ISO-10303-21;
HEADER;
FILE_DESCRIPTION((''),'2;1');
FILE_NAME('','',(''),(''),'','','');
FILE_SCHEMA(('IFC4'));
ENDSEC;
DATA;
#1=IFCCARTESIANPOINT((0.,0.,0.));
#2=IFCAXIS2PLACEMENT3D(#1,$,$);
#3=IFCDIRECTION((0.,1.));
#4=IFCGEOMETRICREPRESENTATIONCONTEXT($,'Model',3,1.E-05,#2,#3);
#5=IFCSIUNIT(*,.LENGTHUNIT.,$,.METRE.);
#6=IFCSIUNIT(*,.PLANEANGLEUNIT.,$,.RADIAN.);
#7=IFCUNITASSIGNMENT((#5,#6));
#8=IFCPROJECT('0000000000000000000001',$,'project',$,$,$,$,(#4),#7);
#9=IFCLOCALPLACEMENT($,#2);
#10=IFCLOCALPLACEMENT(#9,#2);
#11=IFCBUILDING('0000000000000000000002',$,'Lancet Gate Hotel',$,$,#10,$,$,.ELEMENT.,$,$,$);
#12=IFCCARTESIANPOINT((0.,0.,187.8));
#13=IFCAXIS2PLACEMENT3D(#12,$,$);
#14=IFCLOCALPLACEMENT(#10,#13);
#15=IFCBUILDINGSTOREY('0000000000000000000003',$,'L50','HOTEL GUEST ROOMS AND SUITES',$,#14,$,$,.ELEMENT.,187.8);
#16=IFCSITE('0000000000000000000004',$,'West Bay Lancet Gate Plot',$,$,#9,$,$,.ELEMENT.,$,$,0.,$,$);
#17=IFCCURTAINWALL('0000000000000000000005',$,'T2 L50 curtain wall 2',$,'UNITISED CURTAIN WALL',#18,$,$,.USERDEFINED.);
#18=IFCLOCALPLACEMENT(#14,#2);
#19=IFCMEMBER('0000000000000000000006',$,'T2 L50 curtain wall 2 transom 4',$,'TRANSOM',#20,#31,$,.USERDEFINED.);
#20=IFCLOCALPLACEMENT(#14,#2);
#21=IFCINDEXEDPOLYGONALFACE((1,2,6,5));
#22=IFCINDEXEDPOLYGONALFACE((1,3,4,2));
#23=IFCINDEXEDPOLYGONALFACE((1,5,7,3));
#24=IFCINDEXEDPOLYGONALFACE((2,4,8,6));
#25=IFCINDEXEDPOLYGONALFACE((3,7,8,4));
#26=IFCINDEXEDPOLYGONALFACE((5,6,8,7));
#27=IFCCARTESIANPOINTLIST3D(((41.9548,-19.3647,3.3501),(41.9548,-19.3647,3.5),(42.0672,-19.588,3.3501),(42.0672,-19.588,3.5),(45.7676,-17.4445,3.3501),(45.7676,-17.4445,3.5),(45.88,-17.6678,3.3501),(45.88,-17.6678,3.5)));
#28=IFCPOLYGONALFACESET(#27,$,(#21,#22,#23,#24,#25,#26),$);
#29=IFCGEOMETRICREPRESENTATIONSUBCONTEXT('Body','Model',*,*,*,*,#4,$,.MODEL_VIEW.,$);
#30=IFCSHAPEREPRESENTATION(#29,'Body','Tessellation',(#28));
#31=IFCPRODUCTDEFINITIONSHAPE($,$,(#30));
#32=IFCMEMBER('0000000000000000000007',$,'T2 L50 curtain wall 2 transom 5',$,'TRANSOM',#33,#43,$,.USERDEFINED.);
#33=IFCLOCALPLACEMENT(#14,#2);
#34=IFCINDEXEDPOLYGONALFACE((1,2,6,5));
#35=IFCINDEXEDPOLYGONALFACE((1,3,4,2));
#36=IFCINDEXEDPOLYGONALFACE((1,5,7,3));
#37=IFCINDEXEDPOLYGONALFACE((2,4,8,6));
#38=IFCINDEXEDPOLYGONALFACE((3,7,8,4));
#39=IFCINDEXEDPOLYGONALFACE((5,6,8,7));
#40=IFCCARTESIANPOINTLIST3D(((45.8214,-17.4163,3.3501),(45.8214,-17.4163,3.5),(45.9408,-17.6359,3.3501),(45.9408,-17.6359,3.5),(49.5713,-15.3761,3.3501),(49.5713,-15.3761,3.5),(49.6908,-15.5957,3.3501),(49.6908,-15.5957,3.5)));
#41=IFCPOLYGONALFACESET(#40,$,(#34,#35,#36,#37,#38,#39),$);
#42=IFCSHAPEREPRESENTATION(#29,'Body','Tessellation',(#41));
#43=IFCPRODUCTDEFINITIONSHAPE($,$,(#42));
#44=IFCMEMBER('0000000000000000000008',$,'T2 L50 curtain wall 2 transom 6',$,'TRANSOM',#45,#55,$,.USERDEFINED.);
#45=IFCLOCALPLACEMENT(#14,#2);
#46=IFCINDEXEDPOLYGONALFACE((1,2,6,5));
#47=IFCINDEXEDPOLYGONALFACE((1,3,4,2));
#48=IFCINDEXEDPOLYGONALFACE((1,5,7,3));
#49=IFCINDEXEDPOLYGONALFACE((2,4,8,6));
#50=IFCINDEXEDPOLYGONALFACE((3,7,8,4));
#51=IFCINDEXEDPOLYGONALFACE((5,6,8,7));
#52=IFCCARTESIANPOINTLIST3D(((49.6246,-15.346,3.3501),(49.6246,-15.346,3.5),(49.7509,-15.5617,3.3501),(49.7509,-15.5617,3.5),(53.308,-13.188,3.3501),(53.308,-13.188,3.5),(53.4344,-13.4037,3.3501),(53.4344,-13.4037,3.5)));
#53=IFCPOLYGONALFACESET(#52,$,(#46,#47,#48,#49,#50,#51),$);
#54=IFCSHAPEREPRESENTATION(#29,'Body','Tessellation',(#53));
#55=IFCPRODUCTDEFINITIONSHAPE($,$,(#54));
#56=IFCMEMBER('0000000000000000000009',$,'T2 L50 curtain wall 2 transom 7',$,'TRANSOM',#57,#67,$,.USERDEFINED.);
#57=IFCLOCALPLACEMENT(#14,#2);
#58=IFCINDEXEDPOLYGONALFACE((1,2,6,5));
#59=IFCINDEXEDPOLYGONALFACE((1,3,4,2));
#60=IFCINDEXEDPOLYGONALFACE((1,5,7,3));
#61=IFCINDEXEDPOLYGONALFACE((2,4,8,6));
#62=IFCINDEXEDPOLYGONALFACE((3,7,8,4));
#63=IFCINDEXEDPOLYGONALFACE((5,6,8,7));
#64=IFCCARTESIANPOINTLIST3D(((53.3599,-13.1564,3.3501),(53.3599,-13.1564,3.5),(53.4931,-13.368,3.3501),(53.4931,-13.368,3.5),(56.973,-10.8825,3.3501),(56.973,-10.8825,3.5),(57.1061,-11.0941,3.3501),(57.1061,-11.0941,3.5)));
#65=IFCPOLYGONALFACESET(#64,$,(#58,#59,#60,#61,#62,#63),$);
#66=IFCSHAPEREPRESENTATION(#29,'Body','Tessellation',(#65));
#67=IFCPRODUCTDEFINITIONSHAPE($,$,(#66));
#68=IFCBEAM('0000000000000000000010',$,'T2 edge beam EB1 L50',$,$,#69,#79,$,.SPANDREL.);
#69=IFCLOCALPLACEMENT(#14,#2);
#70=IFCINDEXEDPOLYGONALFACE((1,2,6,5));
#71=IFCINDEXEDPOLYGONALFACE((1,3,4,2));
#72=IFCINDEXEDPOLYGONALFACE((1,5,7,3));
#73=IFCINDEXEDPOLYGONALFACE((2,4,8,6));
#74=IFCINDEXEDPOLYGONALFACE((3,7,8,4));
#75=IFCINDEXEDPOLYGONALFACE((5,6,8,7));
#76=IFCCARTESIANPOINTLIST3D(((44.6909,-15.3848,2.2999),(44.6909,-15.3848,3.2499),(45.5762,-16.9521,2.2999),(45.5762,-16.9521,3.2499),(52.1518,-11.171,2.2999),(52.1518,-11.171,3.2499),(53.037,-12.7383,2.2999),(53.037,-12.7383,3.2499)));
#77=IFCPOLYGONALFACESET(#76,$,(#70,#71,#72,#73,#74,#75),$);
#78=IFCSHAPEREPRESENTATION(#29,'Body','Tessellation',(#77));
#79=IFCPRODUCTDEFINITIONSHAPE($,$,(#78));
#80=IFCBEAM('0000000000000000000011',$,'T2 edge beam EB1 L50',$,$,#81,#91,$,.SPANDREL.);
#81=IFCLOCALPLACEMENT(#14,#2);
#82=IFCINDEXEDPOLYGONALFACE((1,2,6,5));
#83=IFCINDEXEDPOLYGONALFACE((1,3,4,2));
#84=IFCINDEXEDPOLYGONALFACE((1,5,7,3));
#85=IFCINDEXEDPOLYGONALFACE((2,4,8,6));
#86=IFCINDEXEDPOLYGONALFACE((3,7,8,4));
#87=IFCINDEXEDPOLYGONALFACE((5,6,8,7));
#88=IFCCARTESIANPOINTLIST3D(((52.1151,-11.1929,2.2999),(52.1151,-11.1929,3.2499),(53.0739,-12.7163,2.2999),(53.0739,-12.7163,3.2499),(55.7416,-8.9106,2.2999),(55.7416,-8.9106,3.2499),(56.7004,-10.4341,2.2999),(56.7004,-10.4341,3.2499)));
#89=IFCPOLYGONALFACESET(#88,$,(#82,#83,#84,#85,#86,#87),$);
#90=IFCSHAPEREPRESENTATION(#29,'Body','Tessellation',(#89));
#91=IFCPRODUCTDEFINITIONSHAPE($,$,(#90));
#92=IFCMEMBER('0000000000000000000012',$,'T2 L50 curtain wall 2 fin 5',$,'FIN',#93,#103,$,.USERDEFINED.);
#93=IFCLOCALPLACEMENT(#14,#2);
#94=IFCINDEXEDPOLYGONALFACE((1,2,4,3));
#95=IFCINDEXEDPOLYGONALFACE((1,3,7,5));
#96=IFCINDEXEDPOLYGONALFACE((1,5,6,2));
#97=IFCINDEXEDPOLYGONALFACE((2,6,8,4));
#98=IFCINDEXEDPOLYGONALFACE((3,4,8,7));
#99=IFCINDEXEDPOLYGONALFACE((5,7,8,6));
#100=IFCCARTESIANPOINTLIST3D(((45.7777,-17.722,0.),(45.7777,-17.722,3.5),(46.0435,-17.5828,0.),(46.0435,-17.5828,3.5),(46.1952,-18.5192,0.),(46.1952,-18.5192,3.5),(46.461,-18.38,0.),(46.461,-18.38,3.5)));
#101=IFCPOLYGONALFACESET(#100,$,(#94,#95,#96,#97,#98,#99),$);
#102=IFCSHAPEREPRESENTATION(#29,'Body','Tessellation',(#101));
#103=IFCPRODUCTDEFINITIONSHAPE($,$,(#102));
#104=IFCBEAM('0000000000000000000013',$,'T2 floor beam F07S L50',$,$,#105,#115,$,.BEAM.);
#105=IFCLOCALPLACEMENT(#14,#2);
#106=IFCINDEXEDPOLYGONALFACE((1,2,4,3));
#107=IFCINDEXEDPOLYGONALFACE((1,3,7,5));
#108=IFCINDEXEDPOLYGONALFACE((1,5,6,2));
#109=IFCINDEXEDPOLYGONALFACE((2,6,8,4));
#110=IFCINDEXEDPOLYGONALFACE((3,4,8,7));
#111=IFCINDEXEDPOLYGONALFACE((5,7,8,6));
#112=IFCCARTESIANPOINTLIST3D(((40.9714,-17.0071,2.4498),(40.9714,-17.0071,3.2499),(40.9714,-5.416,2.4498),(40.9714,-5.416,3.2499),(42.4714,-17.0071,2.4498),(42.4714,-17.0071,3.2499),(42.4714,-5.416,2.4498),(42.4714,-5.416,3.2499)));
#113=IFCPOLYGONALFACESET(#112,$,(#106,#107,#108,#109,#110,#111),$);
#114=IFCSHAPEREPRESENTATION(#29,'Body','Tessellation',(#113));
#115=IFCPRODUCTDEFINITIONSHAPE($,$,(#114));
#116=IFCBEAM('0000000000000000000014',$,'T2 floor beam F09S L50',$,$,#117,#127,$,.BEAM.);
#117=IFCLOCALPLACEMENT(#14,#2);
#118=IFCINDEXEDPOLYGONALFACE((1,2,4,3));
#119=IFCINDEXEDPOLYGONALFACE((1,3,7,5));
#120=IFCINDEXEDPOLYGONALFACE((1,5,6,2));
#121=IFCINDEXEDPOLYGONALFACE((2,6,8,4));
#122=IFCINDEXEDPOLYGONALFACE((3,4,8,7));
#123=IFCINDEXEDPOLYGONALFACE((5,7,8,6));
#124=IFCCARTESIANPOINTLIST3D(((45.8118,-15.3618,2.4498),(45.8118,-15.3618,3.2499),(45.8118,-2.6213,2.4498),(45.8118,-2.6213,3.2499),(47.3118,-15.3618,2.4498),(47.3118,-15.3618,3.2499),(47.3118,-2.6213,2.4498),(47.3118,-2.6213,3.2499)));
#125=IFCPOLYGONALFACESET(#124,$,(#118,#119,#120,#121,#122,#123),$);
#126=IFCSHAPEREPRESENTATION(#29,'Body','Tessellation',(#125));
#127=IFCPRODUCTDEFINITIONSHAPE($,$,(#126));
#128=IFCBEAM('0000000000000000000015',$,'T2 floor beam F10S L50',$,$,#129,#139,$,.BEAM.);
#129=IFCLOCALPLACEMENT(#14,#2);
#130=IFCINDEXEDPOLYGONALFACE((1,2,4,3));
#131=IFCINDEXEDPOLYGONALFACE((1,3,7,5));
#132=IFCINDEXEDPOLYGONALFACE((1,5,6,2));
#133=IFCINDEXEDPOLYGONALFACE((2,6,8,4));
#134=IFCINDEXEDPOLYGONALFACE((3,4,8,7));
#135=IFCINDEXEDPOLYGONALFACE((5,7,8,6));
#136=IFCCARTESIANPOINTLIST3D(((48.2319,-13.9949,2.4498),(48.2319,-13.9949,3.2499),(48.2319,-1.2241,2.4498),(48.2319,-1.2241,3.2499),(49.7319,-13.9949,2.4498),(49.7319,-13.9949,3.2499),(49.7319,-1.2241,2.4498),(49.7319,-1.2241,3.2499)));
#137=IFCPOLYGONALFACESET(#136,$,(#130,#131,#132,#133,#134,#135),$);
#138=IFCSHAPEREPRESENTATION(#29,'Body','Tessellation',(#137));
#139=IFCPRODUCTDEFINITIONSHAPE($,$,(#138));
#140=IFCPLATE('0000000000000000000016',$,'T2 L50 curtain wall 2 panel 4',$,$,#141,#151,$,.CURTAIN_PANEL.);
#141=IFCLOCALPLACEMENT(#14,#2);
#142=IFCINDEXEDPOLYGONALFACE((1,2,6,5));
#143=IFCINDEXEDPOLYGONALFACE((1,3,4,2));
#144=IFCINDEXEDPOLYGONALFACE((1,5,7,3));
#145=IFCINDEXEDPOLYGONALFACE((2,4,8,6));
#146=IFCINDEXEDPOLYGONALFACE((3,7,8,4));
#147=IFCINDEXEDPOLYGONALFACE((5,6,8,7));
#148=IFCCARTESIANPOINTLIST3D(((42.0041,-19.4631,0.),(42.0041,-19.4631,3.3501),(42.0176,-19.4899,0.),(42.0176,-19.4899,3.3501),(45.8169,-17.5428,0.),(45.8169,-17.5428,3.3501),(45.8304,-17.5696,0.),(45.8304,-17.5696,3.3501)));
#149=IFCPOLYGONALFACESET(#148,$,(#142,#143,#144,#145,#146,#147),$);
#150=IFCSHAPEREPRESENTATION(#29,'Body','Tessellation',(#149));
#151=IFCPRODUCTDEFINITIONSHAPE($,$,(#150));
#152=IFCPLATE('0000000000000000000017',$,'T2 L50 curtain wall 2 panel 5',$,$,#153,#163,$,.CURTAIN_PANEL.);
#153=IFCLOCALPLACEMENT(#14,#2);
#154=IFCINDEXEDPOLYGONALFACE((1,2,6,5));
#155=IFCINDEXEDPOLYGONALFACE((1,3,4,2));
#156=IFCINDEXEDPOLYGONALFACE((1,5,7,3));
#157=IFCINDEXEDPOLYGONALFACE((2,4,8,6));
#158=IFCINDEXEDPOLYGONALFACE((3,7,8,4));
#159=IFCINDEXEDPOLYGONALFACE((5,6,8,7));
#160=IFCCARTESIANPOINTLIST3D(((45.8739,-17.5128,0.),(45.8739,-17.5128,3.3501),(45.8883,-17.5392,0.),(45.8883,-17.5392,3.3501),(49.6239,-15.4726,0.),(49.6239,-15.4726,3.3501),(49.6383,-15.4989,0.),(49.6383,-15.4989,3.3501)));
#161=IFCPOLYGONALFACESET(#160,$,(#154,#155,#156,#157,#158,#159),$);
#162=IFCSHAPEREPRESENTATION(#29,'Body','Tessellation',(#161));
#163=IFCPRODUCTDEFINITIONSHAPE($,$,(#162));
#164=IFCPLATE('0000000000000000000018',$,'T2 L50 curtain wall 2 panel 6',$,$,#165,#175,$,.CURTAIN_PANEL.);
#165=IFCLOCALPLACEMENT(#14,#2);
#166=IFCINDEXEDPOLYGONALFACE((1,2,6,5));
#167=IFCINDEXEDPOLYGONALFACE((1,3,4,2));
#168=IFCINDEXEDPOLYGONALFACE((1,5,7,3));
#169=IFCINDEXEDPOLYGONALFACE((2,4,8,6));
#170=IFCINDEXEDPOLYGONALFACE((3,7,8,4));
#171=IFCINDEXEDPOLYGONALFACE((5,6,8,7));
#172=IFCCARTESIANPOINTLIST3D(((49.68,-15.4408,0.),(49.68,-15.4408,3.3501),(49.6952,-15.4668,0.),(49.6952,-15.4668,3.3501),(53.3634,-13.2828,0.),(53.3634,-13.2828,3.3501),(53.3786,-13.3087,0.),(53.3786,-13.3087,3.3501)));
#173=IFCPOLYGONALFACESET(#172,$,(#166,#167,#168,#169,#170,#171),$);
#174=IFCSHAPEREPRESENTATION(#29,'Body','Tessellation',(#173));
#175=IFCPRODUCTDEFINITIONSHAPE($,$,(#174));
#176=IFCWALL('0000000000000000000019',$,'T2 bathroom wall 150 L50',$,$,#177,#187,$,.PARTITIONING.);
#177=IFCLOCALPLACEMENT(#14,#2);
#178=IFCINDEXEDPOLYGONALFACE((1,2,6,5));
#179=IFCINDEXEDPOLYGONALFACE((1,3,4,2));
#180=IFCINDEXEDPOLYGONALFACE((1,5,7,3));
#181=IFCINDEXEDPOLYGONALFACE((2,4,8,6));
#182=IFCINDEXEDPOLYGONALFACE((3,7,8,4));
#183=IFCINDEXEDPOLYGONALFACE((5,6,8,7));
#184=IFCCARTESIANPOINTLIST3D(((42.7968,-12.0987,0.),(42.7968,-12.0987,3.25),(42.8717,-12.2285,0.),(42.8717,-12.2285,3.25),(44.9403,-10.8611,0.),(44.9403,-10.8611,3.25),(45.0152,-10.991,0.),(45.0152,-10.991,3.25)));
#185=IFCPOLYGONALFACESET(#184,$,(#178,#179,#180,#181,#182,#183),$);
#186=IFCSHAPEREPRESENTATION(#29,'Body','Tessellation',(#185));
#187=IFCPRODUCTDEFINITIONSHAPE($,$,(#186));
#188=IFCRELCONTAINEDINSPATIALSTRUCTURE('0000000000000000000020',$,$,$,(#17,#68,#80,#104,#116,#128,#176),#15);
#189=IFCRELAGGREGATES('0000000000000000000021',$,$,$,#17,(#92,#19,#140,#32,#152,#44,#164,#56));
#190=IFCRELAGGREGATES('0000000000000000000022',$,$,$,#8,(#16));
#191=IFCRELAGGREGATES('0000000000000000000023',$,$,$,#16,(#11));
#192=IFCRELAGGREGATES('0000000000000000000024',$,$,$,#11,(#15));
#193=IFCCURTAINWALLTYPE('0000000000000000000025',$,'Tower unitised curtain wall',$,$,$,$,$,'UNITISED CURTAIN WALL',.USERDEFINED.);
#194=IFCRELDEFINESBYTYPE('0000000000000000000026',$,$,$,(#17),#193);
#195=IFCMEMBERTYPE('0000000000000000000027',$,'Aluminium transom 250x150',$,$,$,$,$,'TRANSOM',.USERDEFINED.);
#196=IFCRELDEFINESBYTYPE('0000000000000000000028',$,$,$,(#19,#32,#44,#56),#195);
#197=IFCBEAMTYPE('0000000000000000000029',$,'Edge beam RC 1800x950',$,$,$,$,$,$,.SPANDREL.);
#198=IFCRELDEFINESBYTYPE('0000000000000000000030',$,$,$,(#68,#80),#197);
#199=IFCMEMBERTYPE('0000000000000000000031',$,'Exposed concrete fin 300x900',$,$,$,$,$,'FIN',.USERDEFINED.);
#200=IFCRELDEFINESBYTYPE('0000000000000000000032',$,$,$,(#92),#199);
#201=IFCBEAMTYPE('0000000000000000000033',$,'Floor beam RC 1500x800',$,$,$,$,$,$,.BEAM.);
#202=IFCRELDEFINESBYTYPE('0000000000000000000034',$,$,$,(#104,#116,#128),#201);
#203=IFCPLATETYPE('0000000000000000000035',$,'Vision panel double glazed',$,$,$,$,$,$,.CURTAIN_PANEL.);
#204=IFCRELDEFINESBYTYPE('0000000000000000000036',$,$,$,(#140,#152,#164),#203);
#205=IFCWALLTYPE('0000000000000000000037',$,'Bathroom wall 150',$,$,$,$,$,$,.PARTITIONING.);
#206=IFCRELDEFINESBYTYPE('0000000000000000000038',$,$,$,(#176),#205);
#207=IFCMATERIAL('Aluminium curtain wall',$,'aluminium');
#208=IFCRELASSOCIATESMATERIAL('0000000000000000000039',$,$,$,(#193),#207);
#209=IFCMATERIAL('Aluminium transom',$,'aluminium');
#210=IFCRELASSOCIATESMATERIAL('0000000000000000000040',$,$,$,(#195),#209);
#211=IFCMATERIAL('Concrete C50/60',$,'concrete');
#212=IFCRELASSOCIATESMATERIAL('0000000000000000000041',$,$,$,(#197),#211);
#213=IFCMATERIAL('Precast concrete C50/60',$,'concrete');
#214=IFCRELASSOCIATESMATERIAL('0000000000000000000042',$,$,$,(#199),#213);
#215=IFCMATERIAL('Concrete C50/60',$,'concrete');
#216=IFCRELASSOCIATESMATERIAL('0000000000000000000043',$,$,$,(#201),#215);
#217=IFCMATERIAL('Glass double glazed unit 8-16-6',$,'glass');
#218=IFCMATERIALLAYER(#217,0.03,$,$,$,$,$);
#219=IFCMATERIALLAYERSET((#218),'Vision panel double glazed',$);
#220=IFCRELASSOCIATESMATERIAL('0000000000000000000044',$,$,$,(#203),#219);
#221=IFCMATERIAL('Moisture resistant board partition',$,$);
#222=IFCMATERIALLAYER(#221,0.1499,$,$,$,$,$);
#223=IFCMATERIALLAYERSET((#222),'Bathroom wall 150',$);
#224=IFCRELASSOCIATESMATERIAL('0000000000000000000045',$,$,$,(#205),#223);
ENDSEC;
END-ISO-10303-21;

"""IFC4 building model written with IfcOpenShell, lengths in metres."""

from ifc_helpers import new_model, si_unit, direction, frame, frame_2d, origin, origin_2d, place, context, subcontext, project, spatial, rectangle, extrude, material, layer, layer_set, material_profile, profile_set, type_object, element, aggregate, save


model = new_model("IFC4")

# Units and contexts
model_context = context("Model", 3, precision=1e-05, world=origin(), true_north=direction((0.0, 1.0)))
body_context = subcontext(model_context, "Body", "Model", "MODEL_VIEW")
ifc_project = project(units=[si_unit("LENGTHUNIT", "METRE"), si_unit("PLANEANGLEUNIT", "RADIAN")], contexts=[model_context])

# Site, building, storey
site_placement = place(None, origin())
site = spatial("IfcSite", under=ifc_project, at=site_placement, Name="West Bay Lancet Gate Plot", CompositionType="ELEMENT", RefElevation=0.0)
building_placement = place(site_placement, origin())
building = spatial("IfcBuilding", under=site, at=building_placement, Name="Lancet Gate Hotel", CompositionType="ELEMENT")
storey_placement = place(building_placement, frame((0.0, 0.0, 187.8)))
storey = spatial("IfcBuildingStorey", under=building, at=storey_placement, Name="L50", Description="HOTEL GUEST ROOMS AND SUITES", CompositionType="ELEMENT", Elevation=187.8)

# Curtain wall, members
ifc_material_1 = material(Name="Aluminium curtain wall", Category="aluminium")
curtain_wall_type = type_object("IfcCurtainWallType", Name="Tower unitised curtain wall", ElementType="UNITISED CURTAIN WALL", PredefinedType="USERDEFINED", material=ifc_material_1)
curtain_wall_placement = place(storey_placement, origin())
curtain_wall = element("IfcCurtainWall", 1, at=curtain_wall_placement, inside=storey, type_object=curtain_wall_type, Name="T2 L50 curtain wall 2", ObjectType="UNITISED CURTAIN WALL", PredefinedType="USERDEFINED")
ifc_material_2 = material(Name="Aluminium transom", Category="aluminium")
ifc_material_profile_1 = material_profile(ifc_material_2, rectangle(XDim=0.25, YDim=0.1499, at=origin_2d()), Name="TRANSOM 250x150")
ifc_profile_set_1 = profile_set([ifc_material_profile_1], Name="Aluminium transom")
member_type_1 = type_object("IfcMemberType", Name="Aluminium transom 250x150", ElementType="TRANSOM", PredefinedType="USERDEFINED", material=ifc_profile_set_1)
member_1_placement = place(storey_placement, frame((42.011, -19.4763, 3.425), z_axis=(0.893131, 0.449797, 0.0), x_axis=(-0.449797, 0.893131, 0.0)))
member_1 = element("IfcMember", 2, at=member_1_placement, type_object=member_type_1, Name="T2 L50 curtain wall 2 transom 4", ObjectType="TRANSOM", PredefinedType="USERDEFINED", context=body_context, shape_type="SweptSolid", body=[
    extrude(rectangle(XDim=0.25, YDim=0.1499, at=origin_2d()), origin(), (0.0, 0.0, 1.0), 4.269),
])
member_2_placement = place(storey_placement, frame((45.8811, -17.5261, 3.425), z_axis=(0.878404, 0.477918, 0.0), x_axis=(-0.477918, 0.878404, 0.0)))
member_2 = element("IfcMember", 3, at=member_2_placement, type_object=member_type_1, Name="T2 L50 curtain wall 2 transom 5", ObjectType="TRANSOM", PredefinedType="USERDEFINED", context=body_context, shape_type="SweptSolid", body=[
    extrude(rectangle(XDim=0.25, YDim=0.1499, at=origin_2d()), origin(), (0.0, 0.0, 1.0), 4.269),
])
member_3_placement = place(storey_placement, frame((49.6877, -15.4539, 3.425), z_axis=(0.862825, 0.505502, 0.0), x_axis=(-0.505502, 0.862825, 0.0)))
member_3 = element("IfcMember", 4, at=member_3_placement, type_object=member_type_1, Name="T2 L50 curtain wall 2 transom 6", ObjectType="TRANSOM", PredefinedType="USERDEFINED", context=body_context, shape_type="SweptSolid", body=[
    extrude(rectangle(XDim=0.25, YDim=0.1499, at=origin_2d()), origin(), (0.0, 0.0, 1.0), 4.269),
])
member_4_placement = place(storey_placement, frame((53.4265, -13.2622, 3.425), z_axis=(0.846333, 0.532654, 0.0), x_axis=(-0.532654, 0.846333, 0.0)))
member_4 = element("IfcMember", 5, at=member_4_placement, type_object=member_type_1, Name="T2 L50 curtain wall 2 transom 7", ObjectType="TRANSOM", PredefinedType="USERDEFINED", context=body_context, shape_type="SweptSolid", body=[
    extrude(rectangle(XDim=0.25, YDim=0.1499, at=origin_2d()), origin(), (0.0, 0.0, 1.0), 4.269),
])

# Beams
ifc_material_3 = material(Name="Concrete C50/60", Category="concrete")
ifc_material_profile_2 = material_profile(ifc_material_3, rectangle(XDim=1.8, YDim=0.95, at=origin_2d()), Name="RC 1800x950")
ifc_profile_set_2 = profile_set([ifc_material_profile_2], Name="Concrete C50/60")
beam_type_1 = type_object("IfcBeamType", Name="Edge beam RC 1800x950", PredefinedType="SPANDREL", material=ifc_profile_set_2)
beam_1_placement = place(storey_placement, frame((45.1335, -16.1685, 2.7749), z_axis=(0.870722, 0.491776, 0.0), x_axis=(-0.491776, 0.870722, 0.0)))
element("IfcBeam", 6, at=beam_1_placement, inside=storey, type_object=beam_type_1, Name="T2 edge beam EB1 L50", PredefinedType="SPANDREL", context=body_context, shape_type="SweptSolid", body=[
    extrude(rectangle(XDim=1.8, YDim=0.95, at=origin_2d()), origin(), (0.0, 0.0, 1.0), 8.5686),
])
beam_2_placement = place(storey_placement, frame((52.5945, -11.9546, 2.7749), z_axis=(0.846349, 0.532629, 0.0), x_axis=(-0.532629, 0.846349, 0.0)))
element("IfcBeam", 7, at=beam_2_placement, inside=storey, type_object=beam_type_1, Name="T2 edge beam EB1 L50", PredefinedType="SPANDREL", context=body_context, shape_type="SweptSolid", body=[
    extrude(rectangle(XDim=1.8, YDim=0.95, at=origin_2d()), origin(), (0.0, 0.0, 1.0), 4.2849),
])

# Member
ifc_material_4 = material(Name="Precast concrete C50/60", Category="concrete")
ifc_material_profile_3 = material_profile(ifc_material_4, rectangle(XDim=0.3, YDim=0.8999, at=origin_2d()), Name="FIN 300x900")
ifc_profile_set_3 = profile_set([ifc_material_profile_3], Name="Precast concrete C50/60")
member_type_2 = type_object("IfcMemberType", Name="Exposed concrete fin 300x900", ElementType="FIN", PredefinedType="USERDEFINED", material=ifc_profile_set_3)
member_5_placement = place(storey_placement, frame((46.1194, -18.051, 0.0), z_axis=(0.0, 0.0, 1.0), x_axis=(0.885877, 0.46392, 0.0)))
member_5 = element("IfcMember", 8, at=member_5_placement, type_object=member_type_2, Name="T2 L50 curtain wall 2 fin 5", ObjectType="FIN", PredefinedType="USERDEFINED", context=body_context, shape_type="SweptSolid", body=[
    extrude(rectangle(XDim=0.3, YDim=0.8999, at=origin_2d()), origin(), (0.0, 0.0, 1.0), 3.5),
])

# Beams
ifc_material_5 = material(Name="Concrete C50/60", Category="concrete")
ifc_material_profile_4 = material_profile(ifc_material_5, rectangle(XDim=1.5, YDim=0.8, at=origin_2d()), Name="RC 1500x800")
ifc_profile_set_4 = profile_set([ifc_material_profile_4], Name="Concrete C50/60")
beam_type_2 = type_object("IfcBeamType", Name="Floor beam RC 1500x800", PredefinedType="BEAM", material=ifc_profile_set_4)
beam_3_placement = place(storey_placement, frame((41.7214, -17.0071, 2.8499), z_axis=(0.0, 1.0, 0.0), x_axis=(-1.0, 0.0, 0.0)))
element("IfcBeam", 9, at=beam_3_placement, inside=storey, type_object=beam_type_2, Name="T2 floor beam F07S L50", PredefinedType="BEAM", context=body_context, shape_type="SweptSolid", body=[
    extrude(rectangle(XDim=1.5, YDim=0.8, at=origin_2d()), origin(), (0.0, 0.0, 1.0), 11.5911),
])
beam_4_placement = place(storey_placement, frame((46.5618, -15.3618, 2.8499), z_axis=(0.0, 1.0, 0.0), x_axis=(-1.0, 0.0, 0.0)))
element("IfcBeam", 10, at=beam_4_placement, inside=storey, type_object=beam_type_2, Name="T2 floor beam F09S L50", PredefinedType="BEAM", context=body_context, shape_type="SweptSolid", body=[
    extrude(rectangle(XDim=1.5, YDim=0.8, at=origin_2d()), origin(), (0.0, 0.0, 1.0), 12.7405),
])
beam_5_placement = place(storey_placement, frame((48.9819, -13.9949, 2.8499), z_axis=(0.0, 1.0, 0.0), x_axis=(-1.0, 0.0, 0.0)))
element("IfcBeam", 11, at=beam_5_placement, inside=storey, type_object=beam_type_2, Name="T2 floor beam F10S L50", PredefinedType="BEAM", context=body_context, shape_type="SweptSolid", body=[
    extrude(rectangle(XDim=1.5, YDim=0.8, at=origin_2d()), origin(), (0.0, 0.0, 1.0), 12.7708),
])

# Plates
ifc_material_6 = material(Name="Glass double glazed unit 8-16-6", Category="glass")
ifc_layer_1 = layer(ifc_material_6, 0.03)
ifc_layer_set_1 = layer_set([ifc_layer_1], Name="Vision panel double glazed")
plate_type = type_object("IfcPlateType", Name="Vision panel double glazed", PredefinedType="CURTAIN_PANEL", material=ifc_layer_set_1)
plate_1_placement = place(storey_placement, frame((43.9172, -18.5164, 0.0), z_axis=(0.0, 0.0, 1.0), x_axis=(0.893121, 0.449816, 0.0)))
plate_1 = element("IfcPlate", 12, at=plate_1_placement, type_object=plate_type, Name="T2 L50 curtain wall 2 panel 4", PredefinedType="CURTAIN_PANEL", context=body_context, shape_type="SweptSolid", body=[
    extrude(rectangle(XDim=4.269, YDim=0.03, at=origin_2d()), origin(), (0.0, 0.0, 1.0), 3.3501),
])
plate_2_placement = place(storey_placement, frame((47.7561, -16.5059, 0.0), z_axis=(0.0, 0.0, 1.0), x_axis=(0.87841, 0.477908, 0.0)))
plate_2 = element("IfcPlate", 13, at=plate_2_placement, type_object=plate_type, Name="T2 L50 curtain wall 2 panel 5", PredefinedType="CURTAIN_PANEL", context=body_context, shape_type="SweptSolid", body=[
    extrude(rectangle(XDim=4.269, YDim=0.03, at=origin_2d()), origin(), (0.0, 0.0, 1.0), 3.3501),
])
plate_3_placement = place(storey_placement, frame((51.5293, -14.3748, 0.0), z_axis=(0.0, 0.0, 1.0), x_axis=(0.862815, 0.50552, 0.0)))
plate_3 = element("IfcPlate", 14, at=plate_3_placement, type_object=plate_type, Name="T2 L50 curtain wall 2 panel 6", PredefinedType="CURTAIN_PANEL", context=body_context, shape_type="SweptSolid", body=[
    extrude(rectangle(XDim=4.269, YDim=0.03, at=origin_2d()), origin(), (0.0, 0.0, 1.0), 3.3501),
])
aggregate(curtain_wall, [member_5, member_1, plate_1, member_2, plate_2, member_3, plate_3, member_4])

# Wall
ifc_material_7 = material(Name="Moisture resistant board partition")
ifc_layer_2 = layer(ifc_material_7, 0.1499)
ifc_layer_set_2 = layer_set([ifc_layer_2], Name="Bathroom wall 150")
wall_type_1 = type_object("IfcWallType", Name="Bathroom wall 150", PredefinedType="PARTITIONING", material=ifc_layer_set_2)
wall_1_placement = place(storey_placement, frame((42.8342, -12.1636, 0.0), z_axis=(0.0, 0.0, 1.0), x_axis=(0.866031, 0.49999, 0.0)))
element("IfcWall", 15, at=wall_1_placement, inside=storey, type_object=wall_type_1, Name="T2 bathroom wall 150 L50", PredefinedType="PARTITIONING", context=body_context, shape_type="SweptSolid", body=[
    extrude(rectangle(XDim=2.4751, YDim=0.1499, at=frame_2d((1.2375, 0.0))), origin(), (0.0, 0.0, 1.0), 3.25),
])

save(model, "model.ifc")
